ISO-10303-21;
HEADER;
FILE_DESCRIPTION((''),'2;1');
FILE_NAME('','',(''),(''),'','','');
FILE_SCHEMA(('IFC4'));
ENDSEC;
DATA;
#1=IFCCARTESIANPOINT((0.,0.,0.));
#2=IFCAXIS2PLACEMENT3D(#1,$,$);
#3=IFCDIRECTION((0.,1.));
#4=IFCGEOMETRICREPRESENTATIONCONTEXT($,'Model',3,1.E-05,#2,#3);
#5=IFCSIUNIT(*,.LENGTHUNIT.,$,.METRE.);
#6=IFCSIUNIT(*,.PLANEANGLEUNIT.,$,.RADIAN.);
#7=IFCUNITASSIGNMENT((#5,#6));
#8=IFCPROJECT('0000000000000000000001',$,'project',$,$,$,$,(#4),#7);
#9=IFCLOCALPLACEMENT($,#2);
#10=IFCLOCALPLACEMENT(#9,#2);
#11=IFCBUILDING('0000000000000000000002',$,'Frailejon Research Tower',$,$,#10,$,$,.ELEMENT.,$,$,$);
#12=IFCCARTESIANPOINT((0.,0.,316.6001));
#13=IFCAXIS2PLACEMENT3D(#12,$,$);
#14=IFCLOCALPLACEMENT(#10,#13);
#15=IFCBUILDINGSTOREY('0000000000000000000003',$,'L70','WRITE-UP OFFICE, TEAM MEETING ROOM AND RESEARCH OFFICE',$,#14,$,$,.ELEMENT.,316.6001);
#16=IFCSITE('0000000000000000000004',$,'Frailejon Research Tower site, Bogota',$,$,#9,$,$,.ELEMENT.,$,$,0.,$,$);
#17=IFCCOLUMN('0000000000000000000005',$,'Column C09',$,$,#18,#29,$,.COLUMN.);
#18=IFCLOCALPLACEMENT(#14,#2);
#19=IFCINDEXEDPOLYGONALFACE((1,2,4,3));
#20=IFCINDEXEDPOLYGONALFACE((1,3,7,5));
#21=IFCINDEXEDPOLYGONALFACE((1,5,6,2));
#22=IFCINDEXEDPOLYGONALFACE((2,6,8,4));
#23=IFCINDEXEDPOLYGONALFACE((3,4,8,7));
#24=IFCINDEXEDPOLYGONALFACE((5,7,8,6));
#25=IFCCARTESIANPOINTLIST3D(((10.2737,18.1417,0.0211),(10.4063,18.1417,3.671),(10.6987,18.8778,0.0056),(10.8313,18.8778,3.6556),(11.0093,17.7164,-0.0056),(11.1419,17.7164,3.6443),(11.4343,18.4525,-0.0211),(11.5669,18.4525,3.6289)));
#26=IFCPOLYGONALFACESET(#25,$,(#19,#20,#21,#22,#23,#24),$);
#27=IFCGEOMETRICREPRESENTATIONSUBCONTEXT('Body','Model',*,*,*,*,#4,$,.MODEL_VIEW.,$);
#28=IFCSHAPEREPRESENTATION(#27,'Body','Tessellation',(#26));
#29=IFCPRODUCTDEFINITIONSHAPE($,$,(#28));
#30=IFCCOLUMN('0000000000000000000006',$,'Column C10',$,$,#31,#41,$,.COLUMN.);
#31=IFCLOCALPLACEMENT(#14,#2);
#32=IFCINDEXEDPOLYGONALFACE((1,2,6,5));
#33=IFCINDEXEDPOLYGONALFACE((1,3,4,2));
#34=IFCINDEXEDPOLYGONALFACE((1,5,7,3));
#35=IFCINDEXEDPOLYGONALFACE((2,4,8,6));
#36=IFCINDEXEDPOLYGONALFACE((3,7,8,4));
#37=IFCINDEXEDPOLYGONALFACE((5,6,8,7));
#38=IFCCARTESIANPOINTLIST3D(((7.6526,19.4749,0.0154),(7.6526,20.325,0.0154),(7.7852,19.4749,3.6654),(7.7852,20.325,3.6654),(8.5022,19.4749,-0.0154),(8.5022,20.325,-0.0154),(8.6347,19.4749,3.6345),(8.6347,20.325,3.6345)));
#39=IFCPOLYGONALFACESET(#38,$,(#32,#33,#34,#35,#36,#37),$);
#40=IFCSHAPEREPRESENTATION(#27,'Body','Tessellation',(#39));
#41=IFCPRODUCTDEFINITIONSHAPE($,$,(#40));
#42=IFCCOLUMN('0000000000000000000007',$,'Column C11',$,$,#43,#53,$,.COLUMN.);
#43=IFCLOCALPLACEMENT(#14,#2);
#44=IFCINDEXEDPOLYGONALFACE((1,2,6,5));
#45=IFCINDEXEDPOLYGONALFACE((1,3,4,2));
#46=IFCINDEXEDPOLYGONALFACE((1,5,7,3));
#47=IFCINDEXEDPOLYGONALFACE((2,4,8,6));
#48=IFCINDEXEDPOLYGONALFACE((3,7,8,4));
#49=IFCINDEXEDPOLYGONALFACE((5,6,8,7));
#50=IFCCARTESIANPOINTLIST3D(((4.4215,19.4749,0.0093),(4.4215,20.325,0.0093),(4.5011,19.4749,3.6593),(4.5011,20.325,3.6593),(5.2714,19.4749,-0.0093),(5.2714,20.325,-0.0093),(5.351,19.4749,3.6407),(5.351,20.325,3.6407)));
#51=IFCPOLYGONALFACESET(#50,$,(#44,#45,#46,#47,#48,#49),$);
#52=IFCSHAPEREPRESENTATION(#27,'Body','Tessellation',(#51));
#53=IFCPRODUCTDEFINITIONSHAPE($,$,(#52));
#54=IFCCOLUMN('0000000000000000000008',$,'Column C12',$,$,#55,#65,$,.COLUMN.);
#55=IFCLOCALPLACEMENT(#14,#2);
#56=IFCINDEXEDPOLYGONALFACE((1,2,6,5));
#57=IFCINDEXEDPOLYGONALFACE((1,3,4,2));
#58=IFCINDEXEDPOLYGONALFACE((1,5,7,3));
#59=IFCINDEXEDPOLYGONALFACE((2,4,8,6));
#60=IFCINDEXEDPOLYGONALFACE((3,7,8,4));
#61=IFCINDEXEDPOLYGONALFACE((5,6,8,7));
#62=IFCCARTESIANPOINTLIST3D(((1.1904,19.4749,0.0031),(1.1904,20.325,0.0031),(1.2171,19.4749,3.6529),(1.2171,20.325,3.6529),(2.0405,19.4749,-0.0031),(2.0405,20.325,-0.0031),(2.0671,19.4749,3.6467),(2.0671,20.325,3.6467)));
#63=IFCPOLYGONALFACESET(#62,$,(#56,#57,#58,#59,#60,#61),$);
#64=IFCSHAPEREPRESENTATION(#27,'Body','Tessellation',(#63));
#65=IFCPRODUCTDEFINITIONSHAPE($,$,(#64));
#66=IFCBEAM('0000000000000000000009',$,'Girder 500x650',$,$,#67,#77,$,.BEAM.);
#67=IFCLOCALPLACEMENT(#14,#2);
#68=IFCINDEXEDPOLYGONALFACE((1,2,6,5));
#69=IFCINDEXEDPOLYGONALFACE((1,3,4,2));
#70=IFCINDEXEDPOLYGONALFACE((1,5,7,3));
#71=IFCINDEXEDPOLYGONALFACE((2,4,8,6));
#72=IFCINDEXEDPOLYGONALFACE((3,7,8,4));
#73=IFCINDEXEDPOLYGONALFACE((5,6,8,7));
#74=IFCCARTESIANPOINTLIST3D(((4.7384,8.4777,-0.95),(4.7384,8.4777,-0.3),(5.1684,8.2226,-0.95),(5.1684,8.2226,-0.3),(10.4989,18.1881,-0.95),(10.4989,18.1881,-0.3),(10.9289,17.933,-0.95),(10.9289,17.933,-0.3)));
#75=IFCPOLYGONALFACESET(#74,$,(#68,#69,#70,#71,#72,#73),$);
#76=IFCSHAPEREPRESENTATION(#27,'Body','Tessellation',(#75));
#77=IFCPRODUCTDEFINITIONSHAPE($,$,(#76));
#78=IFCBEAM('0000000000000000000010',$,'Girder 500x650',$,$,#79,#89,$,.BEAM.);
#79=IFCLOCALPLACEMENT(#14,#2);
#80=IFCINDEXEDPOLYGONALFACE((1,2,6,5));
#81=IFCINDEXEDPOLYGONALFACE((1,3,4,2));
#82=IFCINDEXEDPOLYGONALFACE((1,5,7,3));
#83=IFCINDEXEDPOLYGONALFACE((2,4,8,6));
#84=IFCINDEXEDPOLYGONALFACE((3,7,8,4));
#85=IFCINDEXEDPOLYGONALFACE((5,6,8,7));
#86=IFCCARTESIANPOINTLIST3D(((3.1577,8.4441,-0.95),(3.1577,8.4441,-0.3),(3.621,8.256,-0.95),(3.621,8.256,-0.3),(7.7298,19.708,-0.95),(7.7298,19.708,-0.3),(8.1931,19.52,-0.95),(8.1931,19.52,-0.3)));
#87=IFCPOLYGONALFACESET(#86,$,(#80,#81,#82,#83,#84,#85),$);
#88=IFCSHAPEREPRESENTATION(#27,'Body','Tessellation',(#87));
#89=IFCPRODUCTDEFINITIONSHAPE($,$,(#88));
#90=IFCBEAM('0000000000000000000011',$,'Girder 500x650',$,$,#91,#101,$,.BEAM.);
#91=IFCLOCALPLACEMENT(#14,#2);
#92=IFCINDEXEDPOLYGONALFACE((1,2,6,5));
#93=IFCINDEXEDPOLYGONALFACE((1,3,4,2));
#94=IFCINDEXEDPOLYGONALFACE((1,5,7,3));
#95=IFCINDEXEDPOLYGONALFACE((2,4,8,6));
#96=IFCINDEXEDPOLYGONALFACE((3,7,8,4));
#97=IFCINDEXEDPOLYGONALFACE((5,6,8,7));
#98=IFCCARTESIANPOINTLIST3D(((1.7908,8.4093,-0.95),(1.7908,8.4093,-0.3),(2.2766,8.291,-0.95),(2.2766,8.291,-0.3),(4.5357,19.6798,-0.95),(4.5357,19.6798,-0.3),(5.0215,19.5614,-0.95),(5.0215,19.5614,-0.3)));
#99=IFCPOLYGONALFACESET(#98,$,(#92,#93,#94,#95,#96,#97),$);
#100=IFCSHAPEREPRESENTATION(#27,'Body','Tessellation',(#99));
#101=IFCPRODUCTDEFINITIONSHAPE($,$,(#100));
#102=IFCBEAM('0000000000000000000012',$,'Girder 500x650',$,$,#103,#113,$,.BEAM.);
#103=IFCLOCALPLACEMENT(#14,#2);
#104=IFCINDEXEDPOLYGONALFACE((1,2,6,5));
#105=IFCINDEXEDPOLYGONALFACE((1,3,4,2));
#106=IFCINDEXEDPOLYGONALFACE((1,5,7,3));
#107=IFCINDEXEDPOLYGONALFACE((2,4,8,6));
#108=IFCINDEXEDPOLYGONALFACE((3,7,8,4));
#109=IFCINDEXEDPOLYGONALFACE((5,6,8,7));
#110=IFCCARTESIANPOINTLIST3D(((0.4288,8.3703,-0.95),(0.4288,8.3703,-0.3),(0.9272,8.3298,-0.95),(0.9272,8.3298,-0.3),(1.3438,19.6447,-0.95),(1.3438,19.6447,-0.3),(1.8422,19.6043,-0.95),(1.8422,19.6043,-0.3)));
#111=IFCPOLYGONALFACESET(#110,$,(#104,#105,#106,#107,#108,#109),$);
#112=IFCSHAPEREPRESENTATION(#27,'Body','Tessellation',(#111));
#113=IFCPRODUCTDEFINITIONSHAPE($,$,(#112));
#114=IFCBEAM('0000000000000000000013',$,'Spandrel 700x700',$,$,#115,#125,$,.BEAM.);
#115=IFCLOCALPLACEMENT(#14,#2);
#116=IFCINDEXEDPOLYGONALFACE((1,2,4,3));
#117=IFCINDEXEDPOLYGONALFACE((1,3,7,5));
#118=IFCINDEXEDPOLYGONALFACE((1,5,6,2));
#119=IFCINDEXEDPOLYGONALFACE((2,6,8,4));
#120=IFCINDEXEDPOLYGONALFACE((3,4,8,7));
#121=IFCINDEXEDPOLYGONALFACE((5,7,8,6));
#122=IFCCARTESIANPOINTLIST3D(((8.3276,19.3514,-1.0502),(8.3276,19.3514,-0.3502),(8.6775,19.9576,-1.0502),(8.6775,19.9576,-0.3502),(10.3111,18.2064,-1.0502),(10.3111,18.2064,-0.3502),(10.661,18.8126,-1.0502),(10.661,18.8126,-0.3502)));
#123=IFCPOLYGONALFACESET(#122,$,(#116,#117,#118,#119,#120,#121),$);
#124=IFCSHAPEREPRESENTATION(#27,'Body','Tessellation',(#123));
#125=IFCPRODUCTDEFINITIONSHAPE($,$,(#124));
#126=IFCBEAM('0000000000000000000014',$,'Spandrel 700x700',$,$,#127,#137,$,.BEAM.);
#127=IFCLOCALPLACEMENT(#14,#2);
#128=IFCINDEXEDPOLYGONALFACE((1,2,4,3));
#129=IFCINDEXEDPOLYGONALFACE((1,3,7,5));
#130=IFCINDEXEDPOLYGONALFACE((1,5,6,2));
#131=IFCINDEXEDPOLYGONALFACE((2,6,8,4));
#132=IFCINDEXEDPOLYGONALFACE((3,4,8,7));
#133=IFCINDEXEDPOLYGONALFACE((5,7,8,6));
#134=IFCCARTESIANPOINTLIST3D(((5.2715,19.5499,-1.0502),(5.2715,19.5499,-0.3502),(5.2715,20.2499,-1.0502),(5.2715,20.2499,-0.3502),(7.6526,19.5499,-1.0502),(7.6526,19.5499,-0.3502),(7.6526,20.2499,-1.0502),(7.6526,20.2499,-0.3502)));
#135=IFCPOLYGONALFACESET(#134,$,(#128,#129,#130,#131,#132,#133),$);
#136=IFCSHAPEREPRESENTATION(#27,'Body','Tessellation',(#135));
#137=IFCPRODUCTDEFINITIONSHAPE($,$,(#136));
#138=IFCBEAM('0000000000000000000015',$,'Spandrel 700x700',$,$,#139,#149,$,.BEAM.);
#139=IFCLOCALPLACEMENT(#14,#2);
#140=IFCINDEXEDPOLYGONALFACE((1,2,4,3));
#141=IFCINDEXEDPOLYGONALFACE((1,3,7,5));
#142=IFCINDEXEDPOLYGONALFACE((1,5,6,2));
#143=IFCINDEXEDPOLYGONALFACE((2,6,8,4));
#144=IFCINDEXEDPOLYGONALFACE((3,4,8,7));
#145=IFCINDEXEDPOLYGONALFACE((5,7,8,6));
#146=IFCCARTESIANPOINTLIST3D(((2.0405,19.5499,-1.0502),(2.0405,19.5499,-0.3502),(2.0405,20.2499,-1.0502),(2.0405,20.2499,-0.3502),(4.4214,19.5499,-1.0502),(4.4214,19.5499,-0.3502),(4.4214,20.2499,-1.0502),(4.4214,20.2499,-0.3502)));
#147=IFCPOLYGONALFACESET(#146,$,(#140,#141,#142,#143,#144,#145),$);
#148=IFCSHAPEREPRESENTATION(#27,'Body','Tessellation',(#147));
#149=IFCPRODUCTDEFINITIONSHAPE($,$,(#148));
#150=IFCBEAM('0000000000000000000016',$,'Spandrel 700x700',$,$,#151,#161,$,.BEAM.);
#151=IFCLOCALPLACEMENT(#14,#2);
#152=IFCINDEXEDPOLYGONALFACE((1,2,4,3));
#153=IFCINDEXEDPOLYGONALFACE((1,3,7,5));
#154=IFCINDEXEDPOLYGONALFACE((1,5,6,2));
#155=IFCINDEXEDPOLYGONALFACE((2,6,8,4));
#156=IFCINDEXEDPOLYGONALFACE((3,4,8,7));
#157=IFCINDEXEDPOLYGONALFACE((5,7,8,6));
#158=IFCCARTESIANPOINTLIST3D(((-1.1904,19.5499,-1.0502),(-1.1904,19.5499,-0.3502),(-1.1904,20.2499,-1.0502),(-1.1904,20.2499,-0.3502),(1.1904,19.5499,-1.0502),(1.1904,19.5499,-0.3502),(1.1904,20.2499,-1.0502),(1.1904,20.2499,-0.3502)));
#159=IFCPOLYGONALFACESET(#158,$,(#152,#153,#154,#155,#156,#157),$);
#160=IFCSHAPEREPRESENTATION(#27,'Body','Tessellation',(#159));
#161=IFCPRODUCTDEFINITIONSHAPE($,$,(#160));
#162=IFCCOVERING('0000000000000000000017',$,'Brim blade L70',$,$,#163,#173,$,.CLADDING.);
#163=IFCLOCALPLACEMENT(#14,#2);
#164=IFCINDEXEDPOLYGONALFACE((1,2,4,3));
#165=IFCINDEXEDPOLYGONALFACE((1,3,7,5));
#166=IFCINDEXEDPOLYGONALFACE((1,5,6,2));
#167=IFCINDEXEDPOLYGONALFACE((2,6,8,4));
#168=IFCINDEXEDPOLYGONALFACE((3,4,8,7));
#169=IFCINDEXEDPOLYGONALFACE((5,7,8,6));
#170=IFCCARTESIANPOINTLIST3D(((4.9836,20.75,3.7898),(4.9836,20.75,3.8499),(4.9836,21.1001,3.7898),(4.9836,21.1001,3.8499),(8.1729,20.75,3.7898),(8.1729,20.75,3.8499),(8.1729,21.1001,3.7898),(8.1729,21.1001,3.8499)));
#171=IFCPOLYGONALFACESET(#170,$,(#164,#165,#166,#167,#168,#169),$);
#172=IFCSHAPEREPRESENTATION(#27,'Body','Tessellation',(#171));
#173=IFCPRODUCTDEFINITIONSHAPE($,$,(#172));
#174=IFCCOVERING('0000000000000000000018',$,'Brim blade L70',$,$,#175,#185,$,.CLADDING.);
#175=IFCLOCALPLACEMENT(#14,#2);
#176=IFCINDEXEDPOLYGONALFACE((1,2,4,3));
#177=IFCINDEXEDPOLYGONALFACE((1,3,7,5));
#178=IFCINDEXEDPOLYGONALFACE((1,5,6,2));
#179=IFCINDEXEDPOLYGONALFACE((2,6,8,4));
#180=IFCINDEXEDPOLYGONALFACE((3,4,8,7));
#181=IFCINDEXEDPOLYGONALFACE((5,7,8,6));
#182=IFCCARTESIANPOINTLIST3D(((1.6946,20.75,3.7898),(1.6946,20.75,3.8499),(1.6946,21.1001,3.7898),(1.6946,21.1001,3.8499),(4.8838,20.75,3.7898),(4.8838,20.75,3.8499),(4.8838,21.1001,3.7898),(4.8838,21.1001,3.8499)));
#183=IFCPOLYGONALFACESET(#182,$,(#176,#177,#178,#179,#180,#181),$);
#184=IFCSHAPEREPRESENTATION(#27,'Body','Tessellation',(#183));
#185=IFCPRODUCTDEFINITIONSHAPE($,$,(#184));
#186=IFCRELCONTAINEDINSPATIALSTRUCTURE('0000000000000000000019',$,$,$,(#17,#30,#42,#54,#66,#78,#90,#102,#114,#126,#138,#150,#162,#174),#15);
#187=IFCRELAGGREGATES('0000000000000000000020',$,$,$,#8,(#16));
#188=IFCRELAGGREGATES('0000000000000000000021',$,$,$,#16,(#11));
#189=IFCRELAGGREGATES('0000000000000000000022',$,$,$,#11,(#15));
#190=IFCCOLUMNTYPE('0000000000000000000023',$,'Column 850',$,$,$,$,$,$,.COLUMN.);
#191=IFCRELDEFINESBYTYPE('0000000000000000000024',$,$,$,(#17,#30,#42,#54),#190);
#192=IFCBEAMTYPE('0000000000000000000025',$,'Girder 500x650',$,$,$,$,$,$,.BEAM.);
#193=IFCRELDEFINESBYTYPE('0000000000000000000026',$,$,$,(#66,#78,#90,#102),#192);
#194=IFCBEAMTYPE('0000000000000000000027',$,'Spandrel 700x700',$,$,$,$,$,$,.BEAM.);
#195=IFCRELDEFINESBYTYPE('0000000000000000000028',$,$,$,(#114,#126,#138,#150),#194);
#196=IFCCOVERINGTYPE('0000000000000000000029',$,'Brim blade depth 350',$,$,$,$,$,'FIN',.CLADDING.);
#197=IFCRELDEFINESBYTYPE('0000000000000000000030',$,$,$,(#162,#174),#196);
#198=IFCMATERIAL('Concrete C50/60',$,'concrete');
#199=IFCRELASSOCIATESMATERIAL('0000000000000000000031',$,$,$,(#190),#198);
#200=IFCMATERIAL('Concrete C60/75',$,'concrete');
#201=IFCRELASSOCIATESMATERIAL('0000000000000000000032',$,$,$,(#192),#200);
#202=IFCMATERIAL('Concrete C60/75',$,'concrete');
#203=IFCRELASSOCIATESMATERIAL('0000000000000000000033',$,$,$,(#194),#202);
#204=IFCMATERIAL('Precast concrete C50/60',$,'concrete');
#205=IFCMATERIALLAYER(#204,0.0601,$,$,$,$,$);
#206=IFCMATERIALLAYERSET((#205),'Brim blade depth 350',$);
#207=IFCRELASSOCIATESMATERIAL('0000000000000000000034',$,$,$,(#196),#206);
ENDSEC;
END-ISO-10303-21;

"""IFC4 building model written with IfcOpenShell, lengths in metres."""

from ifc_helpers import new_model, si_unit, direction, frame, origin, origin_2d, place, context, subcontext, project, spatial, polyline, rectangle, outline, extrude, material, layer, layer_set, material_profile, profile_set, type_object, element, save


model = new_model("IFC4")

# Units and contexts
model_context = context("Model", 3, precision=1e-05, world=origin(), true_north=direction((0.0, 1.0)))
body_context = subcontext(model_context, "Body", "Model", "MODEL_VIEW")
ifc_project = project(units=[si_unit("LENGTHUNIT", "METRE"), si_unit("PLANEANGLEUNIT", "RADIAN")], contexts=[model_context])

# Site, building, storey
site_placement = place(None, origin())
site = spatial("IfcSite", under=ifc_project, at=site_placement, Name="Frailejon Research Tower site, Bogota", CompositionType="ELEMENT", RefElevation=0.0)
building_placement = place(site_placement, origin())
building = spatial("IfcBuilding", under=site, at=building_placement, Name="Frailejon Research Tower", CompositionType="ELEMENT")
storey_placement = place(building_placement, frame((0.0, 0.0, 316.6001)))
storey = spatial("IfcBuildingStorey", under=building, at=storey_placement, Name="L70", Description="WRITE-UP OFFICE, TEAM MEETING ROOM AND RESEARCH OFFICE", CompositionType="ELEMENT", Elevation=316.6001)

# Columns
ifc_material_1 = material(Name="Concrete C50/60", Category="concrete")
ifc_material_profile_1 = material_profile(ifc_material_1, rectangle(XDim=0.8501, YDim=0.8501, at=origin_2d()), Name="Column 850")
ifc_profile_set_1 = profile_set([ifc_material_profile_1], Name="Concrete C50/60")
column_type = type_object("IfcColumnType", Name="Column 850", PredefinedType="COLUMN", material=ifc_profile_set_1)
for number, where, z_axis, x_axis, name in (
    (1, (10.854, 18.2971, 0.0), (0.036297, 0.0, 0.999341), (-0.865313, 0.500246, 0.031429), "Column C09"),
    (2, (8.0774, 19.8999, 0.0), (0.036297, 0.0, 0.999341), (-0.999341, 0.0, 0.036297), "Column C10"),
):
    element("IfcColumn", number, at=place(storey_placement, frame(where, z_axis=z_axis, x_axis=x_axis)), inside=storey, type_object=column_type, Name=name, PredefinedType="COLUMN", context=body_context, shape_type="SweptSolid", body=[
        extrude(rectangle(XDim=0.8501, YDim=0.8501, at=origin_2d()), origin(), (0.0, 0.0, 1.0), 3.6523),
    ])
column_1_placement = place(storey_placement, frame((4.8464, 19.8999, 0.0), z_axis=(0.021801, 0.0, 0.999762), x_axis=(-0.999762, 0.0, 0.021801)))
element("IfcColumn", 3, at=column_1_placement, inside=storey, type_object=column_type, Name="Column C11", PredefinedType="COLUMN", context=body_context, shape_type="SweptSolid", body=[
    extrude(rectangle(XDim=0.8501, YDim=0.8501, at=origin_2d()), origin(), (0.0, 0.0, 1.0), 3.6509),
])
column_2_placement = place(storey_placement, frame((1.6155, 19.8999, 0.0), z_axis=(0.007291, 0.0, 0.999973), x_axis=(-0.999973, 0.0, 0.007291)))
element("IfcColumn", 4, at=column_2_placement, inside=storey, type_object=column_type, Name="Column C12", PredefinedType="COLUMN", context=body_context, shape_type="SweptSolid", body=[
    extrude(rectangle(XDim=0.8501, YDim=0.8501, at=origin_2d()), origin(), (0.0, 0.0, 1.0), 3.6499),
])

# Beams
ifc_material_2 = material(Name="Concrete C60/75", Category="concrete")
ifc_material_profile_2 = material_profile(ifc_material_2, rectangle(XDim=0.5, YDim=0.6499, at=origin_2d()), Name="Girder 500x650")
ifc_profile_set_2 = profile_set([ifc_material_profile_2], Name="Concrete C60/75")
beam_type_1 = type_object("IfcBeamType", Name="Girder 500x650", PredefinedType="BEAM", material=ifc_profile_set_2)
beam_1_placement = place(storey_placement, frame((10.7139, 18.0605, -0.625), z_axis=(-0.510206, -0.860052, 0.0), x_axis=(0.860052, -0.510206, 0.0)))
element("IfcBeam", 5, at=beam_1_placement, inside=storey, type_object=beam_type_1, Name="Girder 500x650", PredefinedType="BEAM", context=body_context, shape_type="SweptSolid", body=[
    extrude(rectangle(XDim=0.5, YDim=0.6499, at=origin_2d()), origin(), (0.0, 0.0, 1.0), 11.2905),
])
beam_2_placement = place(storey_placement, frame((7.9614, 19.614, -0.625), z_axis=(-0.376099, -0.92658, 0.0), x_axis=(0.92658, -0.376099, 0.0)))
element("IfcBeam", 6, at=beam_2_placement, inside=storey, type_object=beam_type_1, Name="Girder 500x650", PredefinedType="BEAM", context=body_context, shape_type="SweptSolid", body=[
    extrude(rectangle(XDim=0.5, YDim=0.6499, at=origin_2d()), origin(), (0.0, 0.0, 1.0), 12.1565),
])
beam_3_placement = place(storey_placement, frame((4.7786, 19.6206, -0.625), z_axis=(-0.236628, -0.9716, 0.0), x_axis=(0.9716, -0.236628, 0.0)))
element("IfcBeam", 7, at=beam_3_placement, inside=storey, type_object=beam_type_1, Name="Girder 500x650", PredefinedType="BEAM", context=body_context, shape_type="SweptSolid", body=[
    extrude(rectangle(XDim=0.5, YDim=0.6499, at=origin_2d()), origin(), (0.0, 0.0, 1.0), 11.5999),
])
beam_4_placement = place(storey_placement, frame((1.593, 19.6245, -0.625), z_axis=(-0.080895, -0.996723, 0.0), x_axis=(0.996723, -0.080895, 0.0)))
element("IfcBeam", 8, at=beam_4_placement, inside=storey, type_object=beam_type_1, Name="Girder 500x650", PredefinedType="BEAM", context=body_context, shape_type="SweptSolid", body=[
    extrude(rectangle(XDim=0.5, YDim=0.6499, at=origin_2d()), origin(), (0.0, 0.0, 1.0), 11.3115),
])
ifc_material_3 = material(Name="Concrete C60/75", Category="concrete")
ifc_material_profile_3 = material_profile(ifc_material_3, rectangle(XDim=0.7, YDim=0.7, at=origin_2d()), Name="Spandrel 700x700")
ifc_profile_set_3 = profile_set([ifc_material_profile_3], Name="Concrete C60/75")
beam_type_2 = type_object("IfcBeamType", Name="Spandrel 700x700", PredefinedType="BEAM", material=ifc_profile_set_3)
beam_5_placement = place(storey_placement, frame((10.4861, 18.5095, -0.7002), z_axis=(-0.86607, 0.499922, 0.0), x_axis=(-0.499922, -0.86607, 0.0)))
element("IfcBeam", 9, at=beam_5_placement, inside=storey, type_object=beam_type_2, Name="Spandrel 700x700", PredefinedType="BEAM", context=body_context, shape_type="SweptSolid", body=[
    extrude(rectangle(XDim=0.7, YDim=0.7, at=origin_2d()), origin(), (0.0, 0.0, 1.0), 2.2903),
])
beam_6_placement = place(storey_placement, frame((7.6526, 19.8999, -0.7002), z_axis=(-1.0, 0.0, 0.0), x_axis=(0.0, -1.0, 0.0)))
element("IfcBeam", 10, at=beam_6_placement, inside=storey, type_object=beam_type_2, Name="Spandrel 700x700", PredefinedType="BEAM", context=body_context, shape_type="SweptSolid", body=[
    extrude(rectangle(XDim=0.7, YDim=0.7, at=origin_2d()), origin(), (0.0, 0.0, 1.0), 2.3811),
])
for number, where, z_axis, x_axis, name in (
    (11, (4.4214, 19.8999, -0.7002), (-1.0, 0.0, 0.0), (0.0, -1.0, 0.0), "Spandrel 700x700"),
    (12, (1.1904, 19.8999, -0.7002), (-1.0, 0.0, 0.0), (0.0, -1.0, 0.0), "Spandrel 700x700"),
):
    element("IfcBeam", number, at=place(storey_placement, frame(where, z_axis=z_axis, x_axis=x_axis)), inside=storey, type_object=beam_type_2, Name=name, PredefinedType="BEAM", context=body_context, shape_type="SweptSolid", body=[
        extrude(rectangle(XDim=0.7, YDim=0.7, at=origin_2d()), origin(), (0.0, 0.0, 1.0), 2.3809),
    ])

# Coverings
ifc_material_4 = material(Name="Precast concrete C50/60", Category="concrete")
ifc_layer_1 = layer(ifc_material_4, 0.0601)
ifc_layer_set_1 = layer_set([ifc_layer_1], Name="Brim blade depth 350")
covering_type_1 = type_object("IfcCoveringType", Name="Brim blade depth 350", ElementType="FIN", PredefinedType="CLADDING", material=ifc_layer_set_1)
for number, where, z_axis, x_axis, name in (
    (13, (4.9836, 20.75, 3.8499), (1.0, 0.0, 0.0), (0.0, 1.0, 0.0), "Brim blade L70"),
    (14, (1.6946, 20.75, 3.8499), (1.0, 0.0, 0.0), (0.0, 1.0, 0.0), "Brim blade L70"),
):
    element("IfcCovering", number, at=place(storey_placement, frame(where, z_axis=z_axis, x_axis=x_axis)), inside=storey, type_object=covering_type_1, Name=name, PredefinedType="CLADDING", context=body_context, shape_type="SweptSolid", body=[
        extrude(outline(polyline([(0.0, -0.0601), (0.3501, -0.0601), (0.3501, 0.0), (0.0, 0.0), (0.0, -0.0601)])), origin(), (0.0, 0.0, 1.0), 3.1892),
    ])

save(model, "model.ifc")
